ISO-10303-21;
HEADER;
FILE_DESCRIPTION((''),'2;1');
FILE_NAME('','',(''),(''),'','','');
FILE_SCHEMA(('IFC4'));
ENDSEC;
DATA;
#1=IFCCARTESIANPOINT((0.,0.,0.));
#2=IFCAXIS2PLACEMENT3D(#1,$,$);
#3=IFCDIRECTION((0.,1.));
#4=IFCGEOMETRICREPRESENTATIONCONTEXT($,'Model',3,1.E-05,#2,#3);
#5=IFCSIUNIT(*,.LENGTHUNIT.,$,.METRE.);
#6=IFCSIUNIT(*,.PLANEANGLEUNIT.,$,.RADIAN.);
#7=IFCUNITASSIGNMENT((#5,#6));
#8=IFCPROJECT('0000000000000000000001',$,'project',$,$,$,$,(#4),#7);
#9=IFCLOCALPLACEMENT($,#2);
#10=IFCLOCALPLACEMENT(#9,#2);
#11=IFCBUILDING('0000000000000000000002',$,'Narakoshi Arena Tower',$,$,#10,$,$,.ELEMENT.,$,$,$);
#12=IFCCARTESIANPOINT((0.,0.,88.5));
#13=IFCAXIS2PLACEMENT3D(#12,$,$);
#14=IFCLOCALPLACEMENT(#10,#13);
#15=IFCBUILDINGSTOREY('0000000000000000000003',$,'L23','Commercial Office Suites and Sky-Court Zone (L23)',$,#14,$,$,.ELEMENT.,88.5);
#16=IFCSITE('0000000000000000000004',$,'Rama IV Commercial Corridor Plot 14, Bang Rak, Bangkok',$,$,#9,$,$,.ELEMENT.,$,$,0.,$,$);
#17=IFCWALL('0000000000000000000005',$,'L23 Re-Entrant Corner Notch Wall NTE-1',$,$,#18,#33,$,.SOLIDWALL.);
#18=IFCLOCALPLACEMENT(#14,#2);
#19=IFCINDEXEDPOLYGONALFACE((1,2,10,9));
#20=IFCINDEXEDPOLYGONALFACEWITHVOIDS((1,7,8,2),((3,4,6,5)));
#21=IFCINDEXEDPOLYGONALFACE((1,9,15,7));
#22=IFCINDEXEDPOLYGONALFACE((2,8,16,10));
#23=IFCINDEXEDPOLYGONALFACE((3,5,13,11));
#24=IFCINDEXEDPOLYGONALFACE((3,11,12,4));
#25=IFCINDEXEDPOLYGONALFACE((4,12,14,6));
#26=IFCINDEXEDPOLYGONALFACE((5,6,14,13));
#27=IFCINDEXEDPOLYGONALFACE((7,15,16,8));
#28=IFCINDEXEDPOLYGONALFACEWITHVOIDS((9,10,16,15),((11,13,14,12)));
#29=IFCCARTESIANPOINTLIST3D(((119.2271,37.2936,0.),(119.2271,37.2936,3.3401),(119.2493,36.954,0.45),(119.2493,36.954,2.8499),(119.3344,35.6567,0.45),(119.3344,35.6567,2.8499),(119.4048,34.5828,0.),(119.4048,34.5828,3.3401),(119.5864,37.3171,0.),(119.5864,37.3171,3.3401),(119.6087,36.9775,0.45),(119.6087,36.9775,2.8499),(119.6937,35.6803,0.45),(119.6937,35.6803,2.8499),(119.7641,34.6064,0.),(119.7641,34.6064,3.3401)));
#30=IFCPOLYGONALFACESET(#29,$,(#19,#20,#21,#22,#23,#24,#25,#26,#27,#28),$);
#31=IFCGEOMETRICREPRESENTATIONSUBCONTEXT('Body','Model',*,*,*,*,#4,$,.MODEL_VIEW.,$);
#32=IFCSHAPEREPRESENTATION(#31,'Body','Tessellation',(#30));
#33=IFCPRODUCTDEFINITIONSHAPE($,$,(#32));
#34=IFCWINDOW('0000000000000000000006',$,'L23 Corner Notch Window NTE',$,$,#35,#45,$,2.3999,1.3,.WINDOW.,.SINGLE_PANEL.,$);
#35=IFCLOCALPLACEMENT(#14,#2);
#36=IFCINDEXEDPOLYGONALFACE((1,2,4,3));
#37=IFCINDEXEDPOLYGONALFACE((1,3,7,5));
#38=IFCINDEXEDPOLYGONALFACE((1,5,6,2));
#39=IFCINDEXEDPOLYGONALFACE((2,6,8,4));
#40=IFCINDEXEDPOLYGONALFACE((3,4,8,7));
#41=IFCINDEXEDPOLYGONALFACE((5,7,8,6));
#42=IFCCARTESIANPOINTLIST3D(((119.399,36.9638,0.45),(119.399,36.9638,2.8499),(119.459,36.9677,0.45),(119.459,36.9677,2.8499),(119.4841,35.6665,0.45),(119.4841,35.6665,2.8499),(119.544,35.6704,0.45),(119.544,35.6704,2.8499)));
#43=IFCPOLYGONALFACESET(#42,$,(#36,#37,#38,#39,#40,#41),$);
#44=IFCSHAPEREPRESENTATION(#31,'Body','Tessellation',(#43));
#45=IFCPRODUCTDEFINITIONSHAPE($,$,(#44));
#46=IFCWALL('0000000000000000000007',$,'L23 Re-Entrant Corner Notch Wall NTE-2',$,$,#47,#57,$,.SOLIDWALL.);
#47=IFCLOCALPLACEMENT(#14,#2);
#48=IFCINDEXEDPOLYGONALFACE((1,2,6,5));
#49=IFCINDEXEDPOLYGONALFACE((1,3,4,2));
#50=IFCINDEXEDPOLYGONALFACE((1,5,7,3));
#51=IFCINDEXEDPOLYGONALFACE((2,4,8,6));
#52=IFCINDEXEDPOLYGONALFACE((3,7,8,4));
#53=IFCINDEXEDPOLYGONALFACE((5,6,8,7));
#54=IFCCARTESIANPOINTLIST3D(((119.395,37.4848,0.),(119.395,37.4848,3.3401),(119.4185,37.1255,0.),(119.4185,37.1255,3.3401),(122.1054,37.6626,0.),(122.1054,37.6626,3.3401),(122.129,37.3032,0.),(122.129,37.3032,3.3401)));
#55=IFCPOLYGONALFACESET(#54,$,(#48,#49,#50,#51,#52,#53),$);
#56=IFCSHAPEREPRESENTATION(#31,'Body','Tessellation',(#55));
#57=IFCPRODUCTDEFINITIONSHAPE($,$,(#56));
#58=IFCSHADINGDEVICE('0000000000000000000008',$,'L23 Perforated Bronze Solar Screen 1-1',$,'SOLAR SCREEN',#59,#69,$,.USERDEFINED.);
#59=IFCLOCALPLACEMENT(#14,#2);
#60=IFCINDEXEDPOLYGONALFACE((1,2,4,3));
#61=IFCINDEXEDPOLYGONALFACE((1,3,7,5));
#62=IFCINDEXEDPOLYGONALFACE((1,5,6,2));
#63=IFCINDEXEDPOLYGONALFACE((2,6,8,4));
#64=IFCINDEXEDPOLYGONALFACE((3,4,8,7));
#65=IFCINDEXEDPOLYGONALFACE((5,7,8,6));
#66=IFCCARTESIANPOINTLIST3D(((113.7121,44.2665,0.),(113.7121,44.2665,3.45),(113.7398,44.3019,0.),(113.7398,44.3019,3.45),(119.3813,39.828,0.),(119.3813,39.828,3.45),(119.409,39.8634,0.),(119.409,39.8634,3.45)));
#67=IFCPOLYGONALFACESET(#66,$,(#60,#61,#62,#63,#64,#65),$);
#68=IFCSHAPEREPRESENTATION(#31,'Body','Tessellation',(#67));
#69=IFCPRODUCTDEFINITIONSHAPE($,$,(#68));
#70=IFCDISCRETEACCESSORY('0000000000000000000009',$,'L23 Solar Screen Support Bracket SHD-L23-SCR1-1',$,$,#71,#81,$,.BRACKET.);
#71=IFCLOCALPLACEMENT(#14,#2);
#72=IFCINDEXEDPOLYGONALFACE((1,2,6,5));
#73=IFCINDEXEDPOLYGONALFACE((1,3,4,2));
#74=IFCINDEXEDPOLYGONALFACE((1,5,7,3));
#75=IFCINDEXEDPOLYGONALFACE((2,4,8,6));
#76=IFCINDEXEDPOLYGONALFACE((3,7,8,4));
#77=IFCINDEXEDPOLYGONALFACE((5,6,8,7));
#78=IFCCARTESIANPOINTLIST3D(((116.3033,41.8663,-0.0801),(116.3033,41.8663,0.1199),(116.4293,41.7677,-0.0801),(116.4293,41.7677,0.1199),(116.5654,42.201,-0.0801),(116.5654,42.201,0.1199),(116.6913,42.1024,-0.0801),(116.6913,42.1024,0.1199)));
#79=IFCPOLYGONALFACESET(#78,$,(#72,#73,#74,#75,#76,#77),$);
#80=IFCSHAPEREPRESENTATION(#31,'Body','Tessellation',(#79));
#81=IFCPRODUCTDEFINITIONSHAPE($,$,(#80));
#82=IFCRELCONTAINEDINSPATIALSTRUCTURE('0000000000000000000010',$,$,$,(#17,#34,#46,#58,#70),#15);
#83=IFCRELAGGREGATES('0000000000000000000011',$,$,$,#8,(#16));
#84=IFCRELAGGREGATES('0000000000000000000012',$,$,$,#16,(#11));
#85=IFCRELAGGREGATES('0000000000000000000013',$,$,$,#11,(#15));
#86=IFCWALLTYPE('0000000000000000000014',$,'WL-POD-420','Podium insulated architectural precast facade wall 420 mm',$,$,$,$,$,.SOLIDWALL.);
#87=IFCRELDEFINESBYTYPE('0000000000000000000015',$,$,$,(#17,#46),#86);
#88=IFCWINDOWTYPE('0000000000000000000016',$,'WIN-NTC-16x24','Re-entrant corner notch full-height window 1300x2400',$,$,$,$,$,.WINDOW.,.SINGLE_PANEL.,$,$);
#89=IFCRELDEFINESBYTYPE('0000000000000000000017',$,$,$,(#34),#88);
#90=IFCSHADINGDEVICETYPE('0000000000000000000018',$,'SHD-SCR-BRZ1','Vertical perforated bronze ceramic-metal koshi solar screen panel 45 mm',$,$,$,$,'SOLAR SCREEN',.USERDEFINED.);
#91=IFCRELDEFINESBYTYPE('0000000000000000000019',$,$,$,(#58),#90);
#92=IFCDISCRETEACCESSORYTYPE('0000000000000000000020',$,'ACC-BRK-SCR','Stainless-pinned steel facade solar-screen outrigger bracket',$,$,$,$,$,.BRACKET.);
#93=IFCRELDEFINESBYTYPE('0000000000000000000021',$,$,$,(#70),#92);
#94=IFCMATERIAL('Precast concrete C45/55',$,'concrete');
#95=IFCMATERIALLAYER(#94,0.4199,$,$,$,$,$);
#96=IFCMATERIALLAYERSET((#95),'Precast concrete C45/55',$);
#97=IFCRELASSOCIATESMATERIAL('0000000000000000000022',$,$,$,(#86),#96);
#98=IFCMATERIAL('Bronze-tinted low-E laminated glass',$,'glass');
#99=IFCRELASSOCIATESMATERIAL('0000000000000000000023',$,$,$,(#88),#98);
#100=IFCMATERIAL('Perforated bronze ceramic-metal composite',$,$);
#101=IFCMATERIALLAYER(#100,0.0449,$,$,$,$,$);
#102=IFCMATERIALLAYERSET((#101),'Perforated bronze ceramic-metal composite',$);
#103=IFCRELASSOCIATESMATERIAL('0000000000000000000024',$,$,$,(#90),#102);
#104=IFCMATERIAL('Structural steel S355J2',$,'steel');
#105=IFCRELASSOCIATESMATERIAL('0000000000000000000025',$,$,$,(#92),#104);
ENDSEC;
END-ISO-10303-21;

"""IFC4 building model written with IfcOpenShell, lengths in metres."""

from ifc_helpers import new_model, si_unit, direction, frame, frame_2d, origin, origin_2d, place, context, subcontext, project, spatial, rectangle, extrude, material, layer, layer_set, type_object, element, fill, save


model = new_model("IFC4")

# Units and contexts
model_context = context("Model", 3, precision=1e-05, world=origin(), true_north=direction((0.0, 1.0)))
body_context = subcontext(model_context, "Body", "Model", "MODEL_VIEW")
ifc_project = project(units=[si_unit("LENGTHUNIT", "METRE"), si_unit("PLANEANGLEUNIT", "RADIAN")], contexts=[model_context])

# Site, building, storey
site_placement = place(None, origin())
site = spatial("IfcSite", under=ifc_project, at=site_placement, Name="Rama IV Commercial Corridor Plot 14, Bang Rak, Bangkok", CompositionType="ELEMENT", RefElevation=0.0)
building_placement = place(site_placement, origin())
building = spatial("IfcBuilding", under=site, at=building_placement, Name="Narakoshi Arena Tower", CompositionType="ELEMENT")
storey_placement = place(building_placement, frame((0.0, 0.0, 88.5)))
storey = spatial("IfcBuildingStorey", under=building, at=storey_placement, Name="L23", Description="Commercial Office Suites and Sky-Court Zone (L23)", CompositionType="ELEMENT", Elevation=88.5)

# Shared definitions
ifc_material_1 = material(Name="Structural steel S355J2", Category="steel")

# Shared definitions
ifc_material_2 = material(Name="Bronze-tinted low-E laminated glass", Category="glass")

# Shared definitions
ifc_material_3 = material(Name="Precast concrete C45/55", Category="concrete")

# Wall, opening, window
ifc_layer_1 = layer(ifc_material_3, 0.4199)
ifc_layer_set_1 = layer_set([ifc_layer_1], Name="Precast concrete C45/55")
wall_type_1 = type_object("IfcWallType", Name="WL-POD-420", Description="Podium insulated architectural precast facade wall 420 mm", PredefinedType="SOLIDWALL", material=ifc_layer_set_1)
wall_1_placement = place(storey_placement, frame((119.5845, 34.5945, 0.0), z_axis=(0.0, 0.0, 1.0), x_axis=(-0.065427, 0.997857, 0.0)))
wall_1 = element("IfcWall", 1, at=wall_1_placement, inside=storey, type_object=wall_type_1, Name="L23 Re-Entrant Corner Notch Wall NTE-1", PredefinedType="SOLIDWALL", context=body_context, shape_type="SweptSolid", body=[
    extrude(rectangle(XDim=2.7166, YDim=0.3601, at=frame_2d((1.3584, 0.0))), origin(), (0.0, 0.0, 1.0), 3.3401),
])
opening_1_placement = place(wall_1_placement, frame((1.0764, 0.0, 0.45)))
opening_1 = element("IfcOpeningElement", 2, at=opening_1_placement, cuts=wall_1, PredefinedType="OPENING", context=body_context, shape_type="SweptSolid", body=[
    extrude(rectangle(XDim=1.3, YDim=2.3999, at=frame_2d((0.6499, 1.2))), frame((0.0, 0.1899, 0.0), z_axis=(0.0, -1.0, 0.0), x_axis=(1.0, 0.0, 0.0)), (0.0, 0.0, 1.0), 0.3801),
])
window_type_1 = type_object("IfcWindowType", Name="WIN-NTC-16x24", Description="Re-entrant corner notch full-height window 1300x2400", PartitioningType="SINGLE_PANEL", PredefinedType="WINDOW", material=ifc_material_2)
window_1_placement = place(opening_1_placement, origin())
window_1 = element("IfcWindow", 3, at=window_1_placement, inside=storey, type_object=window_type_1, Name="L23 Corner Notch Window NTE", OverallHeight=2.3999, OverallWidth=1.3, PartitioningType="SINGLE_PANEL", PredefinedType="WINDOW", context=body_context, shape_type="SweptSolid", body=[
    extrude(rectangle(XDim=1.3, YDim=2.3999, at=frame_2d((0.6499, 1.2))), frame((0.0, 0.03, 0.0), z_axis=(0.0, -1.0, 0.0), x_axis=(1.0, 0.0, 0.0)), (0.0, 0.0, 1.0), 0.0601),
])
fill(opening_1, window_1)

# Wall
wall_2_placement = place(storey_placement, frame((119.4067, 37.3052, 0.0), z_axis=(0.0, 0.0, 1.0), x_axis=(0.997857, 0.065433, 0.0)))
element("IfcWall", 4, at=wall_2_placement, inside=storey, type_object=wall_type_1, Name="L23 Re-Entrant Corner Notch Wall NTE-2", PredefinedType="SOLIDWALL", context=body_context, shape_type="SweptSolid", body=[
    extrude(rectangle(XDim=2.7163, YDim=0.3601, at=frame_2d((1.3582, 0.0))), origin(), (0.0, 0.0, 1.0), 3.3401),
])

# Shading device
ifc_material_4 = material(Name="Perforated bronze ceramic-metal composite")
ifc_layer_2 = layer(ifc_material_4, 0.0449)
ifc_layer_set_2 = layer_set([ifc_layer_2], Name="Perforated bronze ceramic-metal composite")
shading_device_type = type_object("IfcShadingDeviceType", Name="SHD-SCR-BRZ1", Description="Vertical perforated bronze ceramic-metal koshi solar screen panel 45 mm", ElementType="SOLAR SCREEN", PredefinedType="USERDEFINED", material=ifc_layer_set_2)
shading_device_placement = place(storey_placement, frame((116.5605, 42.0649, 0.0), z_axis=(0.0, 0.0, 1.0), x_axis=(-0.787387, 0.616459, 0.0)))
element("IfcShadingDevice", 5, at=shading_device_placement, inside=storey, type_object=shading_device_type, Name="L23 Perforated Bronze Solar Screen 1-1", ObjectType="SOLAR SCREEN", PredefinedType="USERDEFINED", context=body_context, shape_type="SweptSolid", body=[
    extrude(rectangle(XDim=7.2, YDim=0.0449, at=origin_2d()), origin(), (0.0, 0.0, 1.0), 3.45),
])

# Discrete accessory
discrete_accessory_type = type_object("IfcDiscreteAccessoryType", Name="ACC-BRK-SCR", Description="Stainless-pinned steel facade solar-screen outrigger bracket", PredefinedType="BRACKET", material=ifc_material_1)
discrete_accessory_placement = place(storey_placement, frame((116.4973, 41.9844, -0.0801), z_axis=(0.0, 0.0, 1.0), x_axis=(-0.787387, 0.616459, 0.0)))
element("IfcDiscreteAccessory", 6, at=discrete_accessory_placement, inside=storey, type_object=discrete_accessory_type, Name="L23 Solar Screen Support Bracket SHD-L23-SCR1-1", PredefinedType="BRACKET", context=body_context, shape_type="SweptSolid", body=[
    extrude(rectangle(XDim=0.1599, YDim=0.425, at=origin_2d()), origin(), (0.0, 0.0, 1.0), 0.2),
])

save(model, "model.ifc")
